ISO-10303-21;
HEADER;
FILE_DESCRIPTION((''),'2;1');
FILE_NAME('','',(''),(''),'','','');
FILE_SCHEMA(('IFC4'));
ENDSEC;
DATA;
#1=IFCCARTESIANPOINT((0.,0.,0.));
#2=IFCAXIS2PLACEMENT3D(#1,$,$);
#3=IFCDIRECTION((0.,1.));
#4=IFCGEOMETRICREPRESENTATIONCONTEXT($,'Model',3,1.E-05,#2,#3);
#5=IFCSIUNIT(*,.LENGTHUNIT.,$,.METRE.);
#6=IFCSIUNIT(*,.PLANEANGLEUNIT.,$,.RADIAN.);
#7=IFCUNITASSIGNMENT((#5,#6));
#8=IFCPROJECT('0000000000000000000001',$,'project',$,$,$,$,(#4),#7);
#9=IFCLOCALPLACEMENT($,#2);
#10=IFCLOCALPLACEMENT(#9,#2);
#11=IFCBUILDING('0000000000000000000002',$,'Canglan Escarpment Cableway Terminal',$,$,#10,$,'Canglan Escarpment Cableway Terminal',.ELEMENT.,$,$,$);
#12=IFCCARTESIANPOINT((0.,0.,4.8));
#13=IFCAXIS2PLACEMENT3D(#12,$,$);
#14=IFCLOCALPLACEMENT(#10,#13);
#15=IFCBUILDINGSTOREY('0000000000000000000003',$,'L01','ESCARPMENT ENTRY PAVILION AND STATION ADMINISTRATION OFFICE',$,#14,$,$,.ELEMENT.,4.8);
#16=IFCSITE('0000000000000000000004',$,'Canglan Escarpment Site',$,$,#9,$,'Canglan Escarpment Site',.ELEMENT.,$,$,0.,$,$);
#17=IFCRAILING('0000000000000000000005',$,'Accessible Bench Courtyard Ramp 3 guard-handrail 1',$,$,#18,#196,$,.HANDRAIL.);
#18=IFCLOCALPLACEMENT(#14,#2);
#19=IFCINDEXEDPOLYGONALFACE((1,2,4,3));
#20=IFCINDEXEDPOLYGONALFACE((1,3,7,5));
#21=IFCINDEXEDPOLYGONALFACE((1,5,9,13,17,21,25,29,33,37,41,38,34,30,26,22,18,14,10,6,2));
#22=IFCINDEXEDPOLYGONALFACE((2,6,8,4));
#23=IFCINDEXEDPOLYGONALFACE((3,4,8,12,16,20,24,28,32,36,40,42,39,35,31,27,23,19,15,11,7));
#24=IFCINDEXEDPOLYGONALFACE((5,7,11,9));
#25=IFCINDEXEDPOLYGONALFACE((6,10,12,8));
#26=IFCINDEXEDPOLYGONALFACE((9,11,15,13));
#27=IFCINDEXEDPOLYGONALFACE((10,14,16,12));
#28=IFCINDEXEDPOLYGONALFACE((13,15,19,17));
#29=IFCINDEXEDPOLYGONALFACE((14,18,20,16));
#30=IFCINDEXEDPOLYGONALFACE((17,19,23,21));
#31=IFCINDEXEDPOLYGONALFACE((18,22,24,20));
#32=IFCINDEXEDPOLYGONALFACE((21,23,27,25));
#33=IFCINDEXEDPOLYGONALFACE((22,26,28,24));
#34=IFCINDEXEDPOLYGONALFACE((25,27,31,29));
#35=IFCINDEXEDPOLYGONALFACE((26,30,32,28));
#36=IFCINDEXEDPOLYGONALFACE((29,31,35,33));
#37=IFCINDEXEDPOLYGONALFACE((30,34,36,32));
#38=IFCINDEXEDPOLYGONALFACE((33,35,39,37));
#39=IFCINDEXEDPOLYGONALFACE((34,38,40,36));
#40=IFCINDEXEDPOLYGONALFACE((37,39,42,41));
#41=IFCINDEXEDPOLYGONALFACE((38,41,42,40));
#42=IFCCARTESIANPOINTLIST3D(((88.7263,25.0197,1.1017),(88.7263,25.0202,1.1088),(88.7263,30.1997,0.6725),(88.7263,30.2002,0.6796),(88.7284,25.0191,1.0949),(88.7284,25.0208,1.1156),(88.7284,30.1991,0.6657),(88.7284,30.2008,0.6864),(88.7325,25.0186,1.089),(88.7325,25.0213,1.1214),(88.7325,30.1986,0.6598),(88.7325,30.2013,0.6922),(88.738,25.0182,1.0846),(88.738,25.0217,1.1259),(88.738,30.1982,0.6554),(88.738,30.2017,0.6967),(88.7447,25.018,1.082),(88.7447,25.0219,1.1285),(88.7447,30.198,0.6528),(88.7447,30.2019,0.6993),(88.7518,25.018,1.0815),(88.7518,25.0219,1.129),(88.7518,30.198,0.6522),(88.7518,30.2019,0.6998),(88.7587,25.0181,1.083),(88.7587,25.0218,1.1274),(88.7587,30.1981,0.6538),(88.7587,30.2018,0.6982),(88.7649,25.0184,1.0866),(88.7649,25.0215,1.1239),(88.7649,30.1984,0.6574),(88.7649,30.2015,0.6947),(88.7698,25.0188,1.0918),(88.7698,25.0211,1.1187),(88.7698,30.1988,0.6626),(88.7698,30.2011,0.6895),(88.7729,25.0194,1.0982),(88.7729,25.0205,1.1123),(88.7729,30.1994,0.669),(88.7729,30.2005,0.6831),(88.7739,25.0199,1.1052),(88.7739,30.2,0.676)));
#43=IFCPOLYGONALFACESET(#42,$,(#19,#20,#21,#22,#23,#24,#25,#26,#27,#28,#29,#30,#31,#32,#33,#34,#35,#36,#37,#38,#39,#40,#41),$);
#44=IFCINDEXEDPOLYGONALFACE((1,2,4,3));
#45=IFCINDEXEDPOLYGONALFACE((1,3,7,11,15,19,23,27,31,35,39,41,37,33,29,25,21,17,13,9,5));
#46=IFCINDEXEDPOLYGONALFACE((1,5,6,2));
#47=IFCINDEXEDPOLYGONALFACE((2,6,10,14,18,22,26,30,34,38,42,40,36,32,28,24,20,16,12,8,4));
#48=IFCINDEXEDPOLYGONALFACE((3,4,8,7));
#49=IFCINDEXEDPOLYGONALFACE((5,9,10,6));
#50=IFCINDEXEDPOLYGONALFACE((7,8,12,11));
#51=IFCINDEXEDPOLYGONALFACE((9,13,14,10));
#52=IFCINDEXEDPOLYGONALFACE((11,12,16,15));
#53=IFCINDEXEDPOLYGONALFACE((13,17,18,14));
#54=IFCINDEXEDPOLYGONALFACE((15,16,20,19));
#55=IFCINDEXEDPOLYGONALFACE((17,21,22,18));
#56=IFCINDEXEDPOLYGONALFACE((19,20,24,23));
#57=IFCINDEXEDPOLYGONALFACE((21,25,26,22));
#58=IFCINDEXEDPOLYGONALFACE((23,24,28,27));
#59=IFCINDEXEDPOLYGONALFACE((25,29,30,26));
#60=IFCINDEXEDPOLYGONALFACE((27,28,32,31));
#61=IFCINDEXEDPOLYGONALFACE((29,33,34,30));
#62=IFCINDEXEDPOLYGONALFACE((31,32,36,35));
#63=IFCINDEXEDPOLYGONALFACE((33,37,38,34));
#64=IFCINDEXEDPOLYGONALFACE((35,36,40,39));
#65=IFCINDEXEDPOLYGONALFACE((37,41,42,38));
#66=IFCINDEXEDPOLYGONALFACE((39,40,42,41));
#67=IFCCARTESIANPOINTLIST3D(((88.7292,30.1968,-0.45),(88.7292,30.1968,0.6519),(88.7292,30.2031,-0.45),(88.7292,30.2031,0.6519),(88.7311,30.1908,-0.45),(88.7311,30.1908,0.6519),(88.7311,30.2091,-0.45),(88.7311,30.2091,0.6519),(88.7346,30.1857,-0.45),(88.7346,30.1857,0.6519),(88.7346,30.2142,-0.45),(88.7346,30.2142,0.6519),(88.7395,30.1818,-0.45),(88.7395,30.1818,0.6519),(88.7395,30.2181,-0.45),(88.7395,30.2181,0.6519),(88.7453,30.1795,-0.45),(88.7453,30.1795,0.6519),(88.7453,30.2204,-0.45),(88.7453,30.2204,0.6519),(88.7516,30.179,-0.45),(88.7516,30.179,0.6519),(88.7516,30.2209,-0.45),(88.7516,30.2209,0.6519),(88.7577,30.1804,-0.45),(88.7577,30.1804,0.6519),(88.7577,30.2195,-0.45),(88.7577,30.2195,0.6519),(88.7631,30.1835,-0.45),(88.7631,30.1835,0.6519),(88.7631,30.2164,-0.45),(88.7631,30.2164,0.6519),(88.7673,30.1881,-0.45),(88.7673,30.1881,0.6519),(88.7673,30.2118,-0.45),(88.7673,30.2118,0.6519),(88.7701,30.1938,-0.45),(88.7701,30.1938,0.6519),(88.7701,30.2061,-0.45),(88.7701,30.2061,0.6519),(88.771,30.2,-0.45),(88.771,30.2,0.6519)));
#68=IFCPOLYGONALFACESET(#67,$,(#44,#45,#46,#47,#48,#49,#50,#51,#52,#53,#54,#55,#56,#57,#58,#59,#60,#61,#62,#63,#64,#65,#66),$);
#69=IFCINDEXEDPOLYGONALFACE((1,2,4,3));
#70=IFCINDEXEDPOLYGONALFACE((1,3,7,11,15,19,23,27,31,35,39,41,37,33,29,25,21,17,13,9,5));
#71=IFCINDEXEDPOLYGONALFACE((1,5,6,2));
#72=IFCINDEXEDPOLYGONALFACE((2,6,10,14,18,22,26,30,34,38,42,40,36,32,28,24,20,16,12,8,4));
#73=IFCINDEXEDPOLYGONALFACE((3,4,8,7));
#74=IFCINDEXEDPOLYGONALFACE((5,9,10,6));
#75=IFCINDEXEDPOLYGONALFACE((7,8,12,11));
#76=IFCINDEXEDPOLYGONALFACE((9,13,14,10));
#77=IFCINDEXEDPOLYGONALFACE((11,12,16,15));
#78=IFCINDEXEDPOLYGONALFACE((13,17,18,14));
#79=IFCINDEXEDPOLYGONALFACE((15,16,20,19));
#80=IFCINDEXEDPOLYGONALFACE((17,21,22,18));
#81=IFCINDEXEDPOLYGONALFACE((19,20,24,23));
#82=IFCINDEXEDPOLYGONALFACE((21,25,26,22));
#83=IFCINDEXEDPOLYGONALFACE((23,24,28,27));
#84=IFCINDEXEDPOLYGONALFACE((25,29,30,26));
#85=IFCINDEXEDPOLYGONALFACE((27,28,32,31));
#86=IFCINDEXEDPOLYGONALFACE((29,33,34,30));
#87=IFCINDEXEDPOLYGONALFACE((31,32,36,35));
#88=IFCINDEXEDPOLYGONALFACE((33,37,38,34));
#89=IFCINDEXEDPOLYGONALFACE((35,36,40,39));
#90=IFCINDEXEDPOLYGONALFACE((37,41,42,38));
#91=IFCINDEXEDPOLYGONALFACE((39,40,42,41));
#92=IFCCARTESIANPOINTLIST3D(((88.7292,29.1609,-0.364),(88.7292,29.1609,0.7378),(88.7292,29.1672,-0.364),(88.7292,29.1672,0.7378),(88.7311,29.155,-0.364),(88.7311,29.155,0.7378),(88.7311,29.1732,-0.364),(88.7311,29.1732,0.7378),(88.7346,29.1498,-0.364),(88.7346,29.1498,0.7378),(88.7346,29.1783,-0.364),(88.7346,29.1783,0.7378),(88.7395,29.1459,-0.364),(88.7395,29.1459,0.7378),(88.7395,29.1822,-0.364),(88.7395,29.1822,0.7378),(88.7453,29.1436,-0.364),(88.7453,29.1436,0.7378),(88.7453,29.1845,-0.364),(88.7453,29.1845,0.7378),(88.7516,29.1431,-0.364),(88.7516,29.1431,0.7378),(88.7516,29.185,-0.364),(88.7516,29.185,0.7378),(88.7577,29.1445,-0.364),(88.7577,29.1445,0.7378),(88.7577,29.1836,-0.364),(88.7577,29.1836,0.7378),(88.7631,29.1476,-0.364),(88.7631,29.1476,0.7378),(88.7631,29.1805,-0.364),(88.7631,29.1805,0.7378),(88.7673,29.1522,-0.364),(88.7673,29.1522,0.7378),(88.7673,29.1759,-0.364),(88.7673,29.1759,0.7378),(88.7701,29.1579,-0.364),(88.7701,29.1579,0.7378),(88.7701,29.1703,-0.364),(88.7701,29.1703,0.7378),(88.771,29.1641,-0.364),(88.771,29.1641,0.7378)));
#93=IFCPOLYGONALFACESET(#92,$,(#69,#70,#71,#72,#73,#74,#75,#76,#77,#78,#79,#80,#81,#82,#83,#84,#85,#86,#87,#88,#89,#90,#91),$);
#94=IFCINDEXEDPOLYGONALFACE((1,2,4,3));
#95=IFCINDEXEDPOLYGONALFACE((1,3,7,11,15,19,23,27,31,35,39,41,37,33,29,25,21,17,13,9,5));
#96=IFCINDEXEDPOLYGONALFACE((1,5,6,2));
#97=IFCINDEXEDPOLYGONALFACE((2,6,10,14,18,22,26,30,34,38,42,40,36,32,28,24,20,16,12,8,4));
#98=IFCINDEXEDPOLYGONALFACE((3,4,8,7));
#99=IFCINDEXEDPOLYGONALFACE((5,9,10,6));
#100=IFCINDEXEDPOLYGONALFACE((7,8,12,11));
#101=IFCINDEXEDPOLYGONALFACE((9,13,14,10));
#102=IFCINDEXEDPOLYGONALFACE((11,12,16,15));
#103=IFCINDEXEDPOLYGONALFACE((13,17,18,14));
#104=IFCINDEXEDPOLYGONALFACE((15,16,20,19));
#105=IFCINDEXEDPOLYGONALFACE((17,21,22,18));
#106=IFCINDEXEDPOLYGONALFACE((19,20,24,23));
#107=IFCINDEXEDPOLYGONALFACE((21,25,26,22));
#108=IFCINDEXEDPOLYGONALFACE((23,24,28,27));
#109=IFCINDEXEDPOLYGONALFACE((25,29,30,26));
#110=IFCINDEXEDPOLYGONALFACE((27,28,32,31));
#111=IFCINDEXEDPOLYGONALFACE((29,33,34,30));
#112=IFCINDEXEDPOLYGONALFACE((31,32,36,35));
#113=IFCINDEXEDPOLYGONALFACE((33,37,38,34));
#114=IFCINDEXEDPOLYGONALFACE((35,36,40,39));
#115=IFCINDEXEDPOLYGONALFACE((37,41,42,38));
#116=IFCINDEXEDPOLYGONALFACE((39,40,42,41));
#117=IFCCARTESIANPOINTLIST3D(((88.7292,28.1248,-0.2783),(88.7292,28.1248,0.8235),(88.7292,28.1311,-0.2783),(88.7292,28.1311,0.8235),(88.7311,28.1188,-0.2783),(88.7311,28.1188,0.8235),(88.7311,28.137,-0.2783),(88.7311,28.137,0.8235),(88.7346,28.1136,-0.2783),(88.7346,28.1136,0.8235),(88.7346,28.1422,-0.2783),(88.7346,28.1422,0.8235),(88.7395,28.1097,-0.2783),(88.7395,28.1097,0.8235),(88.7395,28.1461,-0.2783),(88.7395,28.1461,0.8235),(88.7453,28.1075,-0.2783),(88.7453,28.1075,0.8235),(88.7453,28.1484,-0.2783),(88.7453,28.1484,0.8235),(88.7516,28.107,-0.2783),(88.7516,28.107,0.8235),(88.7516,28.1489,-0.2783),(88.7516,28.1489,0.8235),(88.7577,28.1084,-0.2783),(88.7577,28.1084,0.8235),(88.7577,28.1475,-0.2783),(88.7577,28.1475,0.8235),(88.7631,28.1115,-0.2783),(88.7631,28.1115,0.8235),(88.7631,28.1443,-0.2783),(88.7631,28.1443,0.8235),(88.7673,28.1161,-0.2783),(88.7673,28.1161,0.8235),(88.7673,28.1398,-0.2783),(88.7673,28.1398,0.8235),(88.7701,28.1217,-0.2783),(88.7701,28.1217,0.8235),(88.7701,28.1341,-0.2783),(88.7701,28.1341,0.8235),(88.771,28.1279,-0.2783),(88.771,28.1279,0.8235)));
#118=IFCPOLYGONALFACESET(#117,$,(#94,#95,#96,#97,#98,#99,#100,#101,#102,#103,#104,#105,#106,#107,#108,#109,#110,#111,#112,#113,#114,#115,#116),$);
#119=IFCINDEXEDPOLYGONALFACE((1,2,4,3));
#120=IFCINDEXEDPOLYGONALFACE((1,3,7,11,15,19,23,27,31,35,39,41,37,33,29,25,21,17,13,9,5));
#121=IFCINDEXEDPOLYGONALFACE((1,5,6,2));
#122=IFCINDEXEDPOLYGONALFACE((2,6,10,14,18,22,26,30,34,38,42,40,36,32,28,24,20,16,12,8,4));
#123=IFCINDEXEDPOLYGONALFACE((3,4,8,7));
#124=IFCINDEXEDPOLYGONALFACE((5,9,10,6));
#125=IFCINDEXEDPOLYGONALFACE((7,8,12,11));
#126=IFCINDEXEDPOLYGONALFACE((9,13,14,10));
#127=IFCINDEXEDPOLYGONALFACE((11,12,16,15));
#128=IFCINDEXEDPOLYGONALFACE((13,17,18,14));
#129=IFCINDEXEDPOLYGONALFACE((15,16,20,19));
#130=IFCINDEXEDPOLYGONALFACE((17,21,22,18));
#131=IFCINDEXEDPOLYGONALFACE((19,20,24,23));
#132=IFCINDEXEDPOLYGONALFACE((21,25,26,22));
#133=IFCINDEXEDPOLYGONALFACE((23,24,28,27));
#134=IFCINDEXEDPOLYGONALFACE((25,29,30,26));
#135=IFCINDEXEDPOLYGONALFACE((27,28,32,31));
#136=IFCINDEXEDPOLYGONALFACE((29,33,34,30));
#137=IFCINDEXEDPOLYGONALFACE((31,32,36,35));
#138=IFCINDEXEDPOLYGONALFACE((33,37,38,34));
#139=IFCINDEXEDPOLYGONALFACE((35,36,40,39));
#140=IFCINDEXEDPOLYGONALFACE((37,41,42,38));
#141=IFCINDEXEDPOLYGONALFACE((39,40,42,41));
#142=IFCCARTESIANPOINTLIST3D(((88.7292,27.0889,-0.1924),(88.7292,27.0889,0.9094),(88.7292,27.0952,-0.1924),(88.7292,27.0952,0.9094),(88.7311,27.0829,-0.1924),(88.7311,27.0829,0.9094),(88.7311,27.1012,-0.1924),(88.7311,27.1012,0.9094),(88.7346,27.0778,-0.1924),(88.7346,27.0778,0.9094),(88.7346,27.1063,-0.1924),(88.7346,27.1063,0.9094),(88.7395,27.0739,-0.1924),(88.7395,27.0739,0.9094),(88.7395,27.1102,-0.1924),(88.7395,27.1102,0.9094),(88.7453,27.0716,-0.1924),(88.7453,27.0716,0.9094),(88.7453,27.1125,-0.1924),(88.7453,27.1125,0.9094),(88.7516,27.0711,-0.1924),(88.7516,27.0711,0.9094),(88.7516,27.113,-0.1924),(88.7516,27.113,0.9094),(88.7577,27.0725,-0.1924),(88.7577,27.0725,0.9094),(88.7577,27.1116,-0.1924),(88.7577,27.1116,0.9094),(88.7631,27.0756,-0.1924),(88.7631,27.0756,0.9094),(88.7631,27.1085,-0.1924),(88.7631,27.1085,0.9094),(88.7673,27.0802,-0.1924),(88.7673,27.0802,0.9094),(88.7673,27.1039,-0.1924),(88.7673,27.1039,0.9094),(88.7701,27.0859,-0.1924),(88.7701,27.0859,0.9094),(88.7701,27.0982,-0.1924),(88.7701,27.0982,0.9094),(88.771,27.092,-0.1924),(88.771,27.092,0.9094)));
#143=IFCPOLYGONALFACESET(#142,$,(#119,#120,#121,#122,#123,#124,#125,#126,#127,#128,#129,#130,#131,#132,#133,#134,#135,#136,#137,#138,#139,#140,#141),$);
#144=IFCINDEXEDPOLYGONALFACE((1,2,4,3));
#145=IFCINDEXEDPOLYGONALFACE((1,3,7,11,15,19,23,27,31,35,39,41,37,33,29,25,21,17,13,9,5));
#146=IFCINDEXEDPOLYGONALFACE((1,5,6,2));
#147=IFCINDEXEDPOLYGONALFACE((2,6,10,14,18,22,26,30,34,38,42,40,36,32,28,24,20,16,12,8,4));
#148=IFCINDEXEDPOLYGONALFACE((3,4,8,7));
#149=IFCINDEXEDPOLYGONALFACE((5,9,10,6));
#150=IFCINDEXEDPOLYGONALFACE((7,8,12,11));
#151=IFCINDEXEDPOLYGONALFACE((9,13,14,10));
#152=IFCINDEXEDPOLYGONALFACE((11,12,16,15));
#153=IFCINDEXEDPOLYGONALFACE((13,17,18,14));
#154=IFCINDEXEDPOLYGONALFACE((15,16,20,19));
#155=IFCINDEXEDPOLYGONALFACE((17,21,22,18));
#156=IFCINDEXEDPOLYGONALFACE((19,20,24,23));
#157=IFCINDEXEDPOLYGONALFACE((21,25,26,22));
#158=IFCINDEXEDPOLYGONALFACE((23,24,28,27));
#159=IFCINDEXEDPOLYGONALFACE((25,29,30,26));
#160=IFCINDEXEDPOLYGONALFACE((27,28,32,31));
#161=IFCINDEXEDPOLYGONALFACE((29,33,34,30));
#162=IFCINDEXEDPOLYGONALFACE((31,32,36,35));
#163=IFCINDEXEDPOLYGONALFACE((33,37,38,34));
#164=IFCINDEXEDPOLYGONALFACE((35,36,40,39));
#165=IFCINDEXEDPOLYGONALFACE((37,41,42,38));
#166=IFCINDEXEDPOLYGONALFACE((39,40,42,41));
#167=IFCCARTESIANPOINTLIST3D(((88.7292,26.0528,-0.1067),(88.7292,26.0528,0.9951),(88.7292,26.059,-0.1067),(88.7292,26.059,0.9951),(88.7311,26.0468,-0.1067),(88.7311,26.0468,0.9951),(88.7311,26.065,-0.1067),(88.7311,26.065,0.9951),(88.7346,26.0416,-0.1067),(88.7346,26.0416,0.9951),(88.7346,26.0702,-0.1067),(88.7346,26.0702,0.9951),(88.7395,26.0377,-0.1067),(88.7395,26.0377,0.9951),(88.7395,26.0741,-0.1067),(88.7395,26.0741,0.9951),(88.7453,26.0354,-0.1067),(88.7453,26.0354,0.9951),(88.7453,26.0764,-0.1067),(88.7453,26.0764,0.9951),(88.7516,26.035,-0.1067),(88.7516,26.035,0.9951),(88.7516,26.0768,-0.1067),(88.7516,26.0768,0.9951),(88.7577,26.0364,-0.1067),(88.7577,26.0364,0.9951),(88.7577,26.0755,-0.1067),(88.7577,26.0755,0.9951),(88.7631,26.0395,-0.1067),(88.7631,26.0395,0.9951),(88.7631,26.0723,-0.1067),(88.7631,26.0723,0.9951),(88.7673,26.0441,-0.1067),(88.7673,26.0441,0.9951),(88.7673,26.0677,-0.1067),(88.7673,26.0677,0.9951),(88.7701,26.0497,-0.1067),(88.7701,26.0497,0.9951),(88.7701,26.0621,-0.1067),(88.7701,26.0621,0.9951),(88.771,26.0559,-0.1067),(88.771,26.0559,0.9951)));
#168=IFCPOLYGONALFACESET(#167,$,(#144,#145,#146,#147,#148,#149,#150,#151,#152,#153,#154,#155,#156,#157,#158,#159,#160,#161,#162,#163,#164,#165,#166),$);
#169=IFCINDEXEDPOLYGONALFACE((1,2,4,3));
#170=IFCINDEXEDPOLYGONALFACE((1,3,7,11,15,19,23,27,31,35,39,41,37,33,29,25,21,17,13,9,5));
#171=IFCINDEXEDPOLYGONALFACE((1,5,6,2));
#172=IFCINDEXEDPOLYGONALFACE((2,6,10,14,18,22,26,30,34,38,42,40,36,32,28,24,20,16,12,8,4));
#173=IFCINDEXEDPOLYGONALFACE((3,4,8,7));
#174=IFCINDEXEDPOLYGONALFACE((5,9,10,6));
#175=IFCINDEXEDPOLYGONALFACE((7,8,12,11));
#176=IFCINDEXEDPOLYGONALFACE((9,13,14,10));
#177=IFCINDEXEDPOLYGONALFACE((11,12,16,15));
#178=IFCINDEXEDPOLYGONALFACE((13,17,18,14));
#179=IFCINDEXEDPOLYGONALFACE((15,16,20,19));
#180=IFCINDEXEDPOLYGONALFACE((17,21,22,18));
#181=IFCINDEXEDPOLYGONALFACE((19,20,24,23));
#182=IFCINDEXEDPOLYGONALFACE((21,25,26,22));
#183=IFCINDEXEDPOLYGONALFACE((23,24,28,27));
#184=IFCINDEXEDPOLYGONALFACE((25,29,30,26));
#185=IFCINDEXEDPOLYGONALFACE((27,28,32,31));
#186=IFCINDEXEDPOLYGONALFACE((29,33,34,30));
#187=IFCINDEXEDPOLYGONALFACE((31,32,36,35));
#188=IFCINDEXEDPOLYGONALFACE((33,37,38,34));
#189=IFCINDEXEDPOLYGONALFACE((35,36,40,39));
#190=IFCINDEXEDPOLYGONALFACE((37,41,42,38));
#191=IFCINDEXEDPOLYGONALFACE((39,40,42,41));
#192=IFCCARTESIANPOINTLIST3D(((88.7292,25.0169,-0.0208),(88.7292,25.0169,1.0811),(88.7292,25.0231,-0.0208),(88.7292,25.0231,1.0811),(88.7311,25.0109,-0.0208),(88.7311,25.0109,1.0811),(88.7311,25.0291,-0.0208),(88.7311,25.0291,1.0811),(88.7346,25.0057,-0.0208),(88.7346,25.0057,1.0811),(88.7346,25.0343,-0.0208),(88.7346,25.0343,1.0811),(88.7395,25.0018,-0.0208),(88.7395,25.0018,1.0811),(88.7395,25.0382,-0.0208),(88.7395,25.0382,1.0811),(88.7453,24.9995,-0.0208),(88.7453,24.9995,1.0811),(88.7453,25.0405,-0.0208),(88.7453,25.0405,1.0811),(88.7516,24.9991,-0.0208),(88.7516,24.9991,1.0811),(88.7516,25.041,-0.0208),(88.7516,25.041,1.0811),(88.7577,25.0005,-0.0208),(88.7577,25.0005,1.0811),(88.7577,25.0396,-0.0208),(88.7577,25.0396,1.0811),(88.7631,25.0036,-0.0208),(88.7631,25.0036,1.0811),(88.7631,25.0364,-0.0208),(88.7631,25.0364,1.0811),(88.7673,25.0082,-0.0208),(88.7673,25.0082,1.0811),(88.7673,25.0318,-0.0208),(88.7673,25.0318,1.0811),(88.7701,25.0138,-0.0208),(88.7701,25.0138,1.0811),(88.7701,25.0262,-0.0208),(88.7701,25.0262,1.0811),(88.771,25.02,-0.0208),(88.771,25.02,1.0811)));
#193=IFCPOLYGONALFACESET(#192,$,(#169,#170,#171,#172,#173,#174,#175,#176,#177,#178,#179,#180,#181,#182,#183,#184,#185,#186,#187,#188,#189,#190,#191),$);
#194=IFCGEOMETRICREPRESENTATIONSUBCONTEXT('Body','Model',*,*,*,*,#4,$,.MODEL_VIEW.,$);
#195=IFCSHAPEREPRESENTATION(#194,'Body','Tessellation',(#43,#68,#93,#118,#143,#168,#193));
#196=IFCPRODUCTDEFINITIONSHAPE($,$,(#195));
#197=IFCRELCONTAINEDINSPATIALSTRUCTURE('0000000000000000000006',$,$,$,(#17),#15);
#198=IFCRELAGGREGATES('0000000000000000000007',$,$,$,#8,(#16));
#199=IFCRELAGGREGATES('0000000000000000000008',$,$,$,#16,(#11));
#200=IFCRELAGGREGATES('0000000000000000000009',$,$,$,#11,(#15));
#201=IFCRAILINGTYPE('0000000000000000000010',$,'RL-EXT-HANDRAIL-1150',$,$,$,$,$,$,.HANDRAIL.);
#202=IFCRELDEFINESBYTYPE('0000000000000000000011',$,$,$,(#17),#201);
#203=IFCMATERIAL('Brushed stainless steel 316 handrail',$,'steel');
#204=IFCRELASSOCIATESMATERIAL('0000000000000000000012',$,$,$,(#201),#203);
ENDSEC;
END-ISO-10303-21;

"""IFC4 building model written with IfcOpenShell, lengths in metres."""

from ifc_helpers import new_model, si_unit, direction, frame, origin, origin_2d, place, context, subcontext, project, spatial, circle, extrude, material, type_object, element, save


model = new_model("IFC4")

# Units and contexts
model_context = context("Model", 3, precision=1e-05, world=origin(), true_north=direction((0.0, 1.0)))
body_context = subcontext(model_context, "Body", "Model", "MODEL_VIEW")
ifc_project = project(units=[si_unit("LENGTHUNIT", "METRE"), si_unit("PLANEANGLEUNIT", "RADIAN")], contexts=[model_context])

# Site, building, storey
site_placement = place(None, origin())
site = spatial("IfcSite", under=ifc_project, at=site_placement, Name="Canglan Escarpment Site", LongName="Canglan Escarpment Site", CompositionType="ELEMENT", RefElevation=0.0)
building_placement = place(site_placement, origin())
building = spatial("IfcBuilding", under=site, at=building_placement, Name="Canglan Escarpment Cableway Terminal", LongName="Canglan Escarpment Cableway Terminal", CompositionType="ELEMENT")
storey_placement = place(building_placement, frame((0.0, 0.0, 4.8)))
storey = spatial("IfcBuildingStorey", under=building, at=storey_placement, Name="L01", Description="ESCARPMENT ENTRY PAVILION AND STATION ADMINISTRATION OFFICE", CompositionType="ELEMENT", Elevation=4.8)

# Railing
ifc_material_1 = material(Name="Brushed stainless steel 316 handrail", Category="steel")
railing_type_1 = type_object("IfcRailingType", Name="RL-EXT-HANDRAIL-1150", PredefinedType="HANDRAIL", material=ifc_material_1)
for number, where, name in (
    (1, (88.75, 30.2, -0.45), "Accessible Bench Courtyard Ramp 3 guard-handrail 1"),
):
    element("IfcRailing", number, at=place(storey_placement, frame(where)), inside=storey, type_object=railing_type_1, Name=name, PredefinedType="HANDRAIL", context=body_context, shape_type="SweptSolid", body=[
        extrude(circle(Radius=0.0239, at=origin_2d()), frame((0.0, 0.0, 1.126), z_axis=(0.0, -0.996585, 0.082575), x_axis=(1.0, 0.0, 0.0)), (0.0, 0.0, 1.0), 5.1978),
        extrude(circle(Radius=0.021, at=origin_2d()), origin(), (0.0, 0.0, 1.0), 1.1018),
        extrude(circle(Radius=0.021, at=origin_2d()), frame((0.0, -1.0359, 0.0859)), (0.0, 0.0, 1.0), 1.1018),
        extrude(circle(Radius=0.021, at=origin_2d()), frame((0.0, -2.072, 0.1716)), (0.0, 0.0, 1.0), 1.1018),
        extrude(circle(Radius=0.021, at=origin_2d()), frame((0.0, -3.1079, 0.2576)), (0.0, 0.0, 1.0), 1.1018),
        extrude(circle(Radius=0.021, at=origin_2d()), frame((0.0, -4.144, 0.3433)), (0.0, 0.0, 1.0), 1.1018),
        extrude(circle(Radius=0.021, at=origin_2d()), frame((0.0, -5.1799, 0.4292)), (0.0, 0.0, 1.0), 1.1018),
    ])

save(model, "model.ifc")
